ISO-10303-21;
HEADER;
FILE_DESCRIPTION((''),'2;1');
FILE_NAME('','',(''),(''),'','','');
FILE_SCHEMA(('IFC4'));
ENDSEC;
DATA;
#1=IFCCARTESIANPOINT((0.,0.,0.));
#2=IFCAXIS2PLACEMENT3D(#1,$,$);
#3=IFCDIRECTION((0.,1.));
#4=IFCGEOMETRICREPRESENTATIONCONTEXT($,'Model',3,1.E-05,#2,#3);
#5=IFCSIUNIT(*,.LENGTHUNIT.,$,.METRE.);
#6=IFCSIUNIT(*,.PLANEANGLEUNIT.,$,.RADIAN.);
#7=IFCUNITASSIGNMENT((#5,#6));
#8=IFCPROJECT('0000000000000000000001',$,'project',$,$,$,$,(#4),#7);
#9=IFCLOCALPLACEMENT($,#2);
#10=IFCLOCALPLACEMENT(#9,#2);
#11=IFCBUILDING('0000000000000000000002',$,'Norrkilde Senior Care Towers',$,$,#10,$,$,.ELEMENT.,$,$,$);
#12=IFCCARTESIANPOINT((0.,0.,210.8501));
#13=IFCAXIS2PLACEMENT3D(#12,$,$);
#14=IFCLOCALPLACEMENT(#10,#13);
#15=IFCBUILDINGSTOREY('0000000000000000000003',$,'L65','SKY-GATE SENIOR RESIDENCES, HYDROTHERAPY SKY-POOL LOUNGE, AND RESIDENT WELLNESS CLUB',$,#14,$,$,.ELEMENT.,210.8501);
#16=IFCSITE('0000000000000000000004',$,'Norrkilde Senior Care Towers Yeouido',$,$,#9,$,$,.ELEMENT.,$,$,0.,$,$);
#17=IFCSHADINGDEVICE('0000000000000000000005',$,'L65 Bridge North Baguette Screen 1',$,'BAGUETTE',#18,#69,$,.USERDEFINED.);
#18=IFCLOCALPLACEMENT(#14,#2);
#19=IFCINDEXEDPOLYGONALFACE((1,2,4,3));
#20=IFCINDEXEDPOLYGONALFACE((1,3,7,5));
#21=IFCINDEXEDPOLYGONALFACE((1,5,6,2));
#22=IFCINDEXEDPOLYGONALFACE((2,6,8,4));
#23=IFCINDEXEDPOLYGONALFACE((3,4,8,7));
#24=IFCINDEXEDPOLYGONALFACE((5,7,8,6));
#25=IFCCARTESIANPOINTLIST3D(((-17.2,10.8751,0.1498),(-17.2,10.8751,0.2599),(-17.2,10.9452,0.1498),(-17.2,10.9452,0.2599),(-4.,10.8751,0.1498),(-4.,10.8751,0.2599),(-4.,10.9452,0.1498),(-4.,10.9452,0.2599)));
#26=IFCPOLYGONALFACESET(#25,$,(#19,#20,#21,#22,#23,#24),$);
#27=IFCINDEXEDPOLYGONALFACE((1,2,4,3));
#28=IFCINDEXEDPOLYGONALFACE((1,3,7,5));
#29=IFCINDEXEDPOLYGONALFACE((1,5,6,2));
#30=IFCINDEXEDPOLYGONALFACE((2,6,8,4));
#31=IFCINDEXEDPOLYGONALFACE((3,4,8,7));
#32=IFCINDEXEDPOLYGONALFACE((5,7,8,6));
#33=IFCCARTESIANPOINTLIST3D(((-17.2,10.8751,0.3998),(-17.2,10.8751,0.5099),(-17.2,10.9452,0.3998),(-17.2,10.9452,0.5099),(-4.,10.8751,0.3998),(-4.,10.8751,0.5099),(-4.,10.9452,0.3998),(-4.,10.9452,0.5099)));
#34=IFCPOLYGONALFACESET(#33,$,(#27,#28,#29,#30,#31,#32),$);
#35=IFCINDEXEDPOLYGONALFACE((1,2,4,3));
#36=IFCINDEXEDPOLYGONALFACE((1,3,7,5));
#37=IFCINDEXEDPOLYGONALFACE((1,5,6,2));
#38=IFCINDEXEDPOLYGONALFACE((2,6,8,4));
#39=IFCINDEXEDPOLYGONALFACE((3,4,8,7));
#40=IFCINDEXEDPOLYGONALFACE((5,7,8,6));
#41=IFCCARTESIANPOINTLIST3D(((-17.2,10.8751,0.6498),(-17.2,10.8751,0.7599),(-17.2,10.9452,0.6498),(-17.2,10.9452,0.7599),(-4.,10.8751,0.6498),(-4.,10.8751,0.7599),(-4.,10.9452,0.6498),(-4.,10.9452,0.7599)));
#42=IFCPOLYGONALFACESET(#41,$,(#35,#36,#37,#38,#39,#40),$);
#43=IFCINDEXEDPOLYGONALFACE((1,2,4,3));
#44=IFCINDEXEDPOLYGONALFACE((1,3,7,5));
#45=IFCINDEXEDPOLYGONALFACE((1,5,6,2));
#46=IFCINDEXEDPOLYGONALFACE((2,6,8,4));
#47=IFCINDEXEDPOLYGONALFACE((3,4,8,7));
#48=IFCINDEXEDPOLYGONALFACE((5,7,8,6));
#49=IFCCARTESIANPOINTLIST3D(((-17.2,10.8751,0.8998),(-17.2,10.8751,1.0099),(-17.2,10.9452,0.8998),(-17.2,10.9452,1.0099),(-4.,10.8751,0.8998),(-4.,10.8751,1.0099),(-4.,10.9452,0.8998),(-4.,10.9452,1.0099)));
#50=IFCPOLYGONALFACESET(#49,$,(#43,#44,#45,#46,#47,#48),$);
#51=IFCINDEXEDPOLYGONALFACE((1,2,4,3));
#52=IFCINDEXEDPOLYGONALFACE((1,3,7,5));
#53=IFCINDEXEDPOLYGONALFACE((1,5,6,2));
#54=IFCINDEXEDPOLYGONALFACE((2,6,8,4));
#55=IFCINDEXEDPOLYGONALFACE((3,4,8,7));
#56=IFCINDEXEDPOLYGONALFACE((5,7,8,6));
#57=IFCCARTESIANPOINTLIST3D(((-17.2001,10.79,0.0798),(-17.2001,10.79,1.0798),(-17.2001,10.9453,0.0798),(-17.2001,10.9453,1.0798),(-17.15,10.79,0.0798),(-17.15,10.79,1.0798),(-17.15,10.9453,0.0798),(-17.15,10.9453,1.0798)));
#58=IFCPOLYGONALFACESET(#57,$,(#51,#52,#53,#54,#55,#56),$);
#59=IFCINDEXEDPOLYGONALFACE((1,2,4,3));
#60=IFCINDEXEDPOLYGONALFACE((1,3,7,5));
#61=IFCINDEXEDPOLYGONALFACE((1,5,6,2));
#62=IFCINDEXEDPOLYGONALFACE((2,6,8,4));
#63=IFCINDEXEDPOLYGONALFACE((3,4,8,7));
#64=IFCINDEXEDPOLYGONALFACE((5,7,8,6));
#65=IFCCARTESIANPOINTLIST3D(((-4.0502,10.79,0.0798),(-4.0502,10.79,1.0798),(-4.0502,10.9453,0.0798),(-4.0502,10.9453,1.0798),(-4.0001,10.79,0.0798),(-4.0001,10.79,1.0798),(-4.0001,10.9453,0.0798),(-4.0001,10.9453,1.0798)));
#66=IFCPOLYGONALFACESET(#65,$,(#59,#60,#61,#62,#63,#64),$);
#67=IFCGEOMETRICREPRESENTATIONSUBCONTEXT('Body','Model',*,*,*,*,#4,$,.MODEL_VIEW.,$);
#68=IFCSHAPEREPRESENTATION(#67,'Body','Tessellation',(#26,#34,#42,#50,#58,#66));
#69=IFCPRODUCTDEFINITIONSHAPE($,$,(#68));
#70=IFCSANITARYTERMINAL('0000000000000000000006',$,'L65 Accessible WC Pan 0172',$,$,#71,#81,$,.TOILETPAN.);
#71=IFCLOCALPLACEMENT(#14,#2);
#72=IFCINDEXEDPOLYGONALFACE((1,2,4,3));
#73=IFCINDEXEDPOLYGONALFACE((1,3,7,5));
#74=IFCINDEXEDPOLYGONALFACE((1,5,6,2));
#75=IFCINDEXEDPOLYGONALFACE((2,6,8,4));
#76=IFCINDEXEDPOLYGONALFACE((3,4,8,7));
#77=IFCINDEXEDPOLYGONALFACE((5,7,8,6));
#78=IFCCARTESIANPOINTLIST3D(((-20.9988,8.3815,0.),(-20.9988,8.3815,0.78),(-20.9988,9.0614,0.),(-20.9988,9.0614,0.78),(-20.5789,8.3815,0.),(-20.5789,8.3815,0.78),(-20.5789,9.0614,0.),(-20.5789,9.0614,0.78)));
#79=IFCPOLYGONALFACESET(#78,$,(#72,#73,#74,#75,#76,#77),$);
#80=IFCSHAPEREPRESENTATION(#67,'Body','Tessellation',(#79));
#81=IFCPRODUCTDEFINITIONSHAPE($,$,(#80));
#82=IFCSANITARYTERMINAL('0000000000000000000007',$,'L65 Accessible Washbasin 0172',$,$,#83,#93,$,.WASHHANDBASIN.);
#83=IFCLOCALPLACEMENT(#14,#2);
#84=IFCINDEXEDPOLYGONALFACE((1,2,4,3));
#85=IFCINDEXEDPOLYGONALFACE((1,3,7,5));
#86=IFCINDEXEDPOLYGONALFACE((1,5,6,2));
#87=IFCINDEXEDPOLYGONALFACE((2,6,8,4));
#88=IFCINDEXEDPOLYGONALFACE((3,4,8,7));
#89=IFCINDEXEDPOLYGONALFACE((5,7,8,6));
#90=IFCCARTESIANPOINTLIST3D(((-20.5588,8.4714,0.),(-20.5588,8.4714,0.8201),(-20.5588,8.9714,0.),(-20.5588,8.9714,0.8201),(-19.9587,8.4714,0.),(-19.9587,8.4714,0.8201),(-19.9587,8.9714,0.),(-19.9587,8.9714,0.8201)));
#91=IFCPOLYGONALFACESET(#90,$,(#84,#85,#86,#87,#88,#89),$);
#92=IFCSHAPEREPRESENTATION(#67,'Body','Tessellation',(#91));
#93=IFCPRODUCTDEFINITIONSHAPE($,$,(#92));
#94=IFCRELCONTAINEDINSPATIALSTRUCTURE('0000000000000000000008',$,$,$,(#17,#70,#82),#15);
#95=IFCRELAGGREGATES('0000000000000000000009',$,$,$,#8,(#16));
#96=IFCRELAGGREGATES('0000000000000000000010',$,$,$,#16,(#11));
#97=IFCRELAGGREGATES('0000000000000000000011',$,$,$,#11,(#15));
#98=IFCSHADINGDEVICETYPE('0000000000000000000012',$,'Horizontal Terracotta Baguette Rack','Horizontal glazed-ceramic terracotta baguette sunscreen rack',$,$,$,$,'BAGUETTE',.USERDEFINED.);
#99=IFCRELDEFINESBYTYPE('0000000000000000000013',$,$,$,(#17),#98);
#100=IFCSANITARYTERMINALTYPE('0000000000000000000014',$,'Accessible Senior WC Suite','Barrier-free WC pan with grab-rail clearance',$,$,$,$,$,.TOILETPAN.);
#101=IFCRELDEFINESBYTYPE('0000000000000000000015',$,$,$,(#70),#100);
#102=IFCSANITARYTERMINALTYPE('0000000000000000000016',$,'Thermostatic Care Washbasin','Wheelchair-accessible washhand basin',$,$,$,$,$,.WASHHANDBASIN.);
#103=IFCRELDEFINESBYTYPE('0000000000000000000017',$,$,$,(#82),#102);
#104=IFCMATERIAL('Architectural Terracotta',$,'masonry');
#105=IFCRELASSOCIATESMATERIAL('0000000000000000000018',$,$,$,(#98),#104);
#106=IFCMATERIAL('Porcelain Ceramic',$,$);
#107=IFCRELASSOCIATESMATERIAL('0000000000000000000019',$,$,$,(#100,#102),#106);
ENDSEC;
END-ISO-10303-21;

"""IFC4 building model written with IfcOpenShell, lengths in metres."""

from ifc_helpers import new_model, si_unit, direction, frame, origin, origin_2d, place, context, subcontext, project, spatial, rectangle, extrude, source, transform, mapped, material, type_object, type_shapes, element, save


model = new_model("IFC4")

# Units and contexts
model_context = context("Model", 3, precision=1e-05, world=origin(), true_north=direction((0.0, 1.0)))
body_context = subcontext(model_context, "Body", "Model", "MODEL_VIEW")
ifc_project = project(units=[si_unit("LENGTHUNIT", "METRE"), si_unit("PLANEANGLEUNIT", "RADIAN")], contexts=[model_context])

# Site, building, storey
site_placement = place(None, origin())
site = spatial("IfcSite", under=ifc_project, at=site_placement, Name="Norrkilde Senior Care Towers Yeouido", CompositionType="ELEMENT", RefElevation=0.0)
building_placement = place(site_placement, origin())
building = spatial("IfcBuilding", under=site, at=building_placement, Name="Norrkilde Senior Care Towers", CompositionType="ELEMENT")
storey_placement = place(building_placement, frame((0.0, 0.0, 210.8501)))
storey = spatial("IfcBuildingStorey", under=building, at=storey_placement, Name="L65", Description="SKY-GATE SENIOR RESIDENCES, HYDROTHERAPY SKY-POOL LOUNGE, AND RESIDENT WELLNESS CLUB", CompositionType="ELEMENT", Elevation=210.8501)

# Shading device
ifc_material_1 = material(Name="Architectural Terracotta", Category="masonry")
shading_device_type = type_object("IfcShadingDeviceType", Name="Horizontal Terracotta Baguette Rack", Description="Horizontal glazed-ceramic terracotta baguette sunscreen rack", ElementType="BAGUETTE", PredefinedType="USERDEFINED", material=ifc_material_1)
shared_shape_1 = source(origin(), body_context, "Body", "SweptSolid", [
    extrude(rectangle(XDim=0.0701, YDim=0.1101, at=origin_2d()), frame((0.0, 0.0901, 0.125), z_axis=(1.0, 0.0, 0.0), x_axis=(0.0, 1.0, 0.0)), (0.0, 0.0, 1.0), 13.2),
    extrude(rectangle(XDim=0.0701, YDim=0.1101, at=origin_2d()), frame((0.0, 0.0901, 0.375), z_axis=(1.0, 0.0, 0.0), x_axis=(0.0, 1.0, 0.0)), (0.0, 0.0, 1.0), 13.2),
    extrude(rectangle(XDim=0.0701, YDim=0.1101, at=origin_2d()), frame((0.0, 0.0901, 0.625), z_axis=(1.0, 0.0, 0.0), x_axis=(0.0, 1.0, 0.0)), (0.0, 0.0, 1.0), 13.2),
    extrude(rectangle(XDim=0.0701, YDim=0.1101, at=origin_2d()), frame((0.0, 0.0901, 0.875), z_axis=(1.0, 0.0, 0.0), x_axis=(0.0, 1.0, 0.0)), (0.0, 0.0, 1.0), 13.2),
    extrude(rectangle(XDim=0.05, YDim=0.1553, at=origin_2d()), frame((0.0249, 0.0476, 0.0)), (0.0, 0.0, 1.0), 1.0),
    extrude(rectangle(XDim=0.05, YDim=0.1553, at=origin_2d()), frame((13.1748, 0.0476, 0.0)), (0.0, 0.0, 1.0), 1.0),
])
shading_device_1_placement = place(storey_placement, frame((-17.2, 10.8201, 0.0798), z_axis=(0.0, 0.0, 1.0), x_axis=(1.0, 0.0, 0.0)))
element("IfcShadingDevice", 1, at=shading_device_1_placement, inside=storey, type_object=shading_device_type, Name="L65 Bridge North Baguette Screen 1", ObjectType="BAGUETTE", PredefinedType="USERDEFINED", context=body_context, shape_type="MappedRepresentation", body=[
    mapped(shared_shape_1, transform((0.0, 0.0, 0.0), x_axis=(1.0, 0.0, 0.0), y_axis=(0.0, 1.0, 0.0), z_axis=(0.0, 0.0, 1.0), scale=1.0)),
])

# Sanitary terminals
ifc_material_2 = material(Name="Porcelain Ceramic")
sanitary_terminal_type_1 = type_object("IfcSanitaryTerminalType", Name="Accessible Senior WC Suite", Description="Barrier-free WC pan with grab-rail clearance", PredefinedType="TOILETPAN", material=ifc_material_2)
shared_shape_2 = source(origin(), body_context, "Body", "SweptSolid", [
    extrude(rectangle(XDim=0.4199, YDim=0.6799, at=origin_2d()), origin(), (0.0, 0.0, 1.0), 0.78),
])
type_shapes(sanitary_terminal_type_1, [shared_shape_2])
sanitary_terminal_1_placement = place(storey_placement, frame((-20.7888, 8.7214, 0.0), z_axis=(0.0, 0.0, 1.0), x_axis=(1.0, 0.0, 0.0)))
element("IfcSanitaryTerminal", 2, at=sanitary_terminal_1_placement, inside=storey, type_object=sanitary_terminal_type_1, Name="L65 Accessible WC Pan 0172", PredefinedType="TOILETPAN", context=body_context, shape_type="MappedRepresentation", body=[
    mapped(shared_shape_2, transform((0.0, 0.0, 0.0), x_axis=(1.0, 0.0, 0.0), y_axis=(0.0, 1.0, 0.0), z_axis=(0.0, 0.0, 1.0), scale=1.0)),
])
sanitary_terminal_type_2 = type_object("IfcSanitaryTerminalType", Name="Thermostatic Care Washbasin", Description="Wheelchair-accessible washhand basin", PredefinedType="WASHHANDBASIN", material=ifc_material_2)
shared_shape_3 = source(origin(), body_context, "Body", "SweptSolid", [
    extrude(rectangle(XDim=0.6001, YDim=0.5, at=origin_2d()), origin(), (0.0, 0.0, 1.0), 0.8201),
])
type_shapes(sanitary_terminal_type_2, [shared_shape_3])
sanitary_terminal_2_placement = place(storey_placement, frame((-20.2588, 8.7214, 0.0), z_axis=(0.0, 0.0, 1.0), x_axis=(1.0, 0.0, 0.0)))
element("IfcSanitaryTerminal", 3, at=sanitary_terminal_2_placement, inside=storey, type_object=sanitary_terminal_type_2, Name="L65 Accessible Washbasin 0172", PredefinedType="WASHHANDBASIN", context=body_context, shape_type="MappedRepresentation", body=[
    mapped(shared_shape_3, transform((0.0, 0.0, 0.0), x_axis=(1.0, 0.0, 0.0), y_axis=(0.0, 1.0, 0.0), z_axis=(0.0, 0.0, 1.0), scale=1.0)),
])

save(model, "model.ifc")
